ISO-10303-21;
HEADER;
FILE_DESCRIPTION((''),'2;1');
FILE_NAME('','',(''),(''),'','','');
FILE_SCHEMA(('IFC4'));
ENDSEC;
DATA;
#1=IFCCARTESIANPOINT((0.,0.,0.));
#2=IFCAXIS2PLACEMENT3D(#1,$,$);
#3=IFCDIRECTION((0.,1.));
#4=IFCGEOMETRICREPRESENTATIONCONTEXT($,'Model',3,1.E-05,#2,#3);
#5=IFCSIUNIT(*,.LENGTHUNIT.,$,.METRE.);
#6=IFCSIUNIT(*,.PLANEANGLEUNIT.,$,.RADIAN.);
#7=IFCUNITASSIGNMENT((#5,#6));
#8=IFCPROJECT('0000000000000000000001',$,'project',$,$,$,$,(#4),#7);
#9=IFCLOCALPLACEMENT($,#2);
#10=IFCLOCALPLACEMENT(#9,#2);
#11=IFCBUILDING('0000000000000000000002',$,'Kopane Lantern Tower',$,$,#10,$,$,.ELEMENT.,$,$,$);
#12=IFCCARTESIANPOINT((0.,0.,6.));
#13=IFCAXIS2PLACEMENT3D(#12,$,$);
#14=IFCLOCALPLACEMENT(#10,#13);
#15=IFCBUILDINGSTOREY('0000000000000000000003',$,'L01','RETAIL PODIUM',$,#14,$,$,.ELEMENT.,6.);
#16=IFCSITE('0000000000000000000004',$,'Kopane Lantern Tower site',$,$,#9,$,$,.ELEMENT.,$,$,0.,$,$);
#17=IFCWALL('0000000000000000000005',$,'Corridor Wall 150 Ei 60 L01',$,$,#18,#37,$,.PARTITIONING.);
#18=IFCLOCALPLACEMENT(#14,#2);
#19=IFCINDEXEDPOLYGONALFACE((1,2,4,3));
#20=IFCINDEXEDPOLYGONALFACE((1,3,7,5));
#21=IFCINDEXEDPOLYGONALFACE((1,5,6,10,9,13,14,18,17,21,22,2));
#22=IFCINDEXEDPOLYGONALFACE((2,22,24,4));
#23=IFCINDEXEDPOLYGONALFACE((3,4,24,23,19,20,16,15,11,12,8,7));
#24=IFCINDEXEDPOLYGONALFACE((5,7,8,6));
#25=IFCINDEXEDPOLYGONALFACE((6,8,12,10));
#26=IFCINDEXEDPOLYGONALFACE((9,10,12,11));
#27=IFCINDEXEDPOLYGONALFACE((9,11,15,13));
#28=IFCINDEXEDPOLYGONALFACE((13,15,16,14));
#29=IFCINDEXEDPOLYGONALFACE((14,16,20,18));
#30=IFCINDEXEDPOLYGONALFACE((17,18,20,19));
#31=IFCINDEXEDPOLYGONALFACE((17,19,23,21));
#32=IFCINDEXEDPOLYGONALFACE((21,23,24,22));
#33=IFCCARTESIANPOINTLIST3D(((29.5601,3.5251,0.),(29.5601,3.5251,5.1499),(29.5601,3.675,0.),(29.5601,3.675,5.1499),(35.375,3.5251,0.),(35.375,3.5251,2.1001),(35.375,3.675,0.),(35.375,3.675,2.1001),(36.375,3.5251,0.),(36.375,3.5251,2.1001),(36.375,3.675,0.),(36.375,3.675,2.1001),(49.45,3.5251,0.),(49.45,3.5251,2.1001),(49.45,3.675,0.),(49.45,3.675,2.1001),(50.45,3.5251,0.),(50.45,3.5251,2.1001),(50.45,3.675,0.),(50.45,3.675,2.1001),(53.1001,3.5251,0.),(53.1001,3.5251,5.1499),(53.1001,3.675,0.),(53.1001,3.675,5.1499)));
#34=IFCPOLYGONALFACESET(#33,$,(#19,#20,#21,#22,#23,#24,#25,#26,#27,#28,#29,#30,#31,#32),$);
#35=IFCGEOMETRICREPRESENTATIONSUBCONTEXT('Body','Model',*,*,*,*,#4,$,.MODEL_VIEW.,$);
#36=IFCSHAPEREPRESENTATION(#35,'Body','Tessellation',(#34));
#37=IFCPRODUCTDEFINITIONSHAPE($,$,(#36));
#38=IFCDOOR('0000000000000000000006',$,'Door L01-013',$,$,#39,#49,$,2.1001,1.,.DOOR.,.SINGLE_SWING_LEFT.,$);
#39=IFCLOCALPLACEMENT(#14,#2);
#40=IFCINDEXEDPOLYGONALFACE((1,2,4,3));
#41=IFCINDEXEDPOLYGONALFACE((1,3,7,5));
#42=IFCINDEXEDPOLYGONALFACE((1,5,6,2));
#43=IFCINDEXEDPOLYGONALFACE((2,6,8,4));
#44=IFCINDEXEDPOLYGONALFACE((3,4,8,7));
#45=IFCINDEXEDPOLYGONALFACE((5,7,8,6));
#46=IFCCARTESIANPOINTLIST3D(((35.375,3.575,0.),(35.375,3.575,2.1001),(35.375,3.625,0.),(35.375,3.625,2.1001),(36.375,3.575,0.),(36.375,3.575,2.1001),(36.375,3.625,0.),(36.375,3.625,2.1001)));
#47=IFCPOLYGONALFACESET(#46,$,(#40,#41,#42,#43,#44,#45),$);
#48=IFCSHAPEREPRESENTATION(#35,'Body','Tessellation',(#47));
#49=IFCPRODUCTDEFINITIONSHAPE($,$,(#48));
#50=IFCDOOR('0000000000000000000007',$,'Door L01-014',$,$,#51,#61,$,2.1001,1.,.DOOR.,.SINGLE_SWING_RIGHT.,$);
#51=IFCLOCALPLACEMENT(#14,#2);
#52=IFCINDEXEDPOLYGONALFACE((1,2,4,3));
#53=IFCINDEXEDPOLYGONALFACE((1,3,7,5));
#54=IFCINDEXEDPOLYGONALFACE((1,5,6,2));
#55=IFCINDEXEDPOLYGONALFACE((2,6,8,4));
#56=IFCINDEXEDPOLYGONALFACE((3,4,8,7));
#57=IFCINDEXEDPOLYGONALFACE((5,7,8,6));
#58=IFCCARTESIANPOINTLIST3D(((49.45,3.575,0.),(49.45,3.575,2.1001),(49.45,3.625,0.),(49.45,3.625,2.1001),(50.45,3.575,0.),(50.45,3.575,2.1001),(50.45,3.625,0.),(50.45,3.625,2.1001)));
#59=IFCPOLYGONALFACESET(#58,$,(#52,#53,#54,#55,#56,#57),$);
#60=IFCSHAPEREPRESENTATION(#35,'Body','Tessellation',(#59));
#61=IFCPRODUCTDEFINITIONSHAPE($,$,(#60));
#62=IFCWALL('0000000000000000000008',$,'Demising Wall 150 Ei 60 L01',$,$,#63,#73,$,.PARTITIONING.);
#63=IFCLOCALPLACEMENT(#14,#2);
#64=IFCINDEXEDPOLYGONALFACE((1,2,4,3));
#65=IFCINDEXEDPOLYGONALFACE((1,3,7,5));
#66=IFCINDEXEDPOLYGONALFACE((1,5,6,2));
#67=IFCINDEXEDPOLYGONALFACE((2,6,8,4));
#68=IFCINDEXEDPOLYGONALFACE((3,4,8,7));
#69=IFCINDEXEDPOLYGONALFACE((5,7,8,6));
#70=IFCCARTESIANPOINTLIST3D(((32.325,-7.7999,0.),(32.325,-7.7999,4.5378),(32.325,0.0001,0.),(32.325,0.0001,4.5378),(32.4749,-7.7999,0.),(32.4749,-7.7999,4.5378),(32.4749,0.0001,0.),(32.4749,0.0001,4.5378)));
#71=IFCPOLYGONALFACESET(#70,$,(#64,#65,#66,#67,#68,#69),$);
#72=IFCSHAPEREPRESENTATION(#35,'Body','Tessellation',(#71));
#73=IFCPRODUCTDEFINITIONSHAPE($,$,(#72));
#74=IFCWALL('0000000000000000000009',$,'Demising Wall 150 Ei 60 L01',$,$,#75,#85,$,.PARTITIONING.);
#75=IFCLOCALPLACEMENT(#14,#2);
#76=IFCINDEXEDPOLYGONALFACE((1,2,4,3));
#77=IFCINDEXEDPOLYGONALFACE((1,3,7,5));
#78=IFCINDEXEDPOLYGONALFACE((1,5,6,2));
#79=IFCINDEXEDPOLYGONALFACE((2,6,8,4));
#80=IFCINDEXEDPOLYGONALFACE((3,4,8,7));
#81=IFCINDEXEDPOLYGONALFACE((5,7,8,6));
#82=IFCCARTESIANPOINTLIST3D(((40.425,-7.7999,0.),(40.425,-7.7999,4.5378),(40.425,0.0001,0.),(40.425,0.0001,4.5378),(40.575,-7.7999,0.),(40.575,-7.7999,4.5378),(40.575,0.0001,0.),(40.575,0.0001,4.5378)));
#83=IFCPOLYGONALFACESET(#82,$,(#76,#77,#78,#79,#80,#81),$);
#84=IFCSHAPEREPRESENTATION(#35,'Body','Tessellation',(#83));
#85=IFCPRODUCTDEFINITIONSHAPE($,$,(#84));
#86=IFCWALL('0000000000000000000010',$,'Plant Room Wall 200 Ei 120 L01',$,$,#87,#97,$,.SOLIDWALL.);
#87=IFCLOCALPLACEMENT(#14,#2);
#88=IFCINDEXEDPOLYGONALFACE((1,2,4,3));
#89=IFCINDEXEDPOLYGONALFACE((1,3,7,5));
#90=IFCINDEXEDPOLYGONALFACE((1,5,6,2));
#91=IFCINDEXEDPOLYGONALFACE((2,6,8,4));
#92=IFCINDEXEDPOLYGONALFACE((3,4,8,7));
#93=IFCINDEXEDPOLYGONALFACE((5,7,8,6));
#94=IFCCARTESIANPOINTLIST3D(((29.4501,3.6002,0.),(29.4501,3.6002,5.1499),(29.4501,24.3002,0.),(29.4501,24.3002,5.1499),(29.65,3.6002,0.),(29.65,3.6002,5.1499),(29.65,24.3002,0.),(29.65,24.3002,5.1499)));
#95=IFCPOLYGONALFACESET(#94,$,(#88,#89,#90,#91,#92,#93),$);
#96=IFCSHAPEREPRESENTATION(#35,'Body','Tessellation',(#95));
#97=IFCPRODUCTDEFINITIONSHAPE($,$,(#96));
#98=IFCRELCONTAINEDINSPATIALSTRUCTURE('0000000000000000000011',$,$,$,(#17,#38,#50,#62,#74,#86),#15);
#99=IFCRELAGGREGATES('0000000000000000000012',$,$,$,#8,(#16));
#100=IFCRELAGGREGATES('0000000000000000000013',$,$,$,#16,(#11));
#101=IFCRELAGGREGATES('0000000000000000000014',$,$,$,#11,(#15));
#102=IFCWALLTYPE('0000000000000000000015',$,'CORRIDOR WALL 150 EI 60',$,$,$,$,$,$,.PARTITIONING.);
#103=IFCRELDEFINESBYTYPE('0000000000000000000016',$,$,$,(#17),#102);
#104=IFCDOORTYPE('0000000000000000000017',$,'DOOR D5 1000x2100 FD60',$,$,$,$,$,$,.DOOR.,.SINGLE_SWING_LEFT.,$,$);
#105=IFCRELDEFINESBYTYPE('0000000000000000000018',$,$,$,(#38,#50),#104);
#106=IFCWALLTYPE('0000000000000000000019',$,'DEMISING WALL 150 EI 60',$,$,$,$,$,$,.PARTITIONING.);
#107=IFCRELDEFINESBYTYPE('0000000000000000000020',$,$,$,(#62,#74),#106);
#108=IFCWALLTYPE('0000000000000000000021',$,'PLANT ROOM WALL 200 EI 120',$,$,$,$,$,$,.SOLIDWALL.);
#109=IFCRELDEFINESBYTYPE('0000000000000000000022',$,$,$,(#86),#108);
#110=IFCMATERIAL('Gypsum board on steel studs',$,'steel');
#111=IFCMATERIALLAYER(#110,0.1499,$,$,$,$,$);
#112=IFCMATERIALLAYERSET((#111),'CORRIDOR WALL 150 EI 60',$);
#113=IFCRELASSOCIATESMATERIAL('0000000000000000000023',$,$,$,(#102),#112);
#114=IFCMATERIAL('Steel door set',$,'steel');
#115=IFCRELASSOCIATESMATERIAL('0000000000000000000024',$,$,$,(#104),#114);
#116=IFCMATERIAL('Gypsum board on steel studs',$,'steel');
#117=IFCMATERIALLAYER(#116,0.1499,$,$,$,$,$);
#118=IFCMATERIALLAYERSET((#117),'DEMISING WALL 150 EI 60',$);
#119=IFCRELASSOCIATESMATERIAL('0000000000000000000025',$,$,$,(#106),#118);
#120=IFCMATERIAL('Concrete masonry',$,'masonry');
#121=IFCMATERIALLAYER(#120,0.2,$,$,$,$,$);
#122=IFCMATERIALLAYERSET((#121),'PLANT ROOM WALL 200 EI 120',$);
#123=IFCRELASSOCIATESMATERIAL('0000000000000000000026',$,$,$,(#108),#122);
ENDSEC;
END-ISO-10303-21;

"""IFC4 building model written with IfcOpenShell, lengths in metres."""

from ifc_helpers import new_model, si_unit, direction, frame, frame_2d, origin, place, context, subcontext, project, spatial, rectangle, extrude, material, layer, layer_set, type_object, element, fill, save


model = new_model("IFC4")

# Units and contexts
model_context = context("Model", 3, precision=1e-05, world=origin(), true_north=direction((0.0, 1.0)))
body_context = subcontext(model_context, "Body", "Model", "MODEL_VIEW")
ifc_project = project(units=[si_unit("LENGTHUNIT", "METRE"), si_unit("PLANEANGLEUNIT", "RADIAN")], contexts=[model_context])

# Site, building, storey
site_placement = place(None, origin())
site = spatial("IfcSite", under=ifc_project, at=site_placement, Name="Kopane Lantern Tower site", CompositionType="ELEMENT", RefElevation=0.0)
building_placement = place(site_placement, origin())
building = spatial("IfcBuilding", under=site, at=building_placement, Name="Kopane Lantern Tower", CompositionType="ELEMENT")
storey_placement = place(building_placement, frame((0.0, 0.0, 6.0)))
storey = spatial("IfcBuildingStorey", under=building, at=storey_placement, Name="L01", Description="RETAIL PODIUM", CompositionType="ELEMENT", Elevation=6.0)

# Wall, openings, doors
ifc_material_1 = material(Name="Gypsum board on steel studs", Category="steel")
ifc_layer_1 = layer(ifc_material_1, 0.1499)
ifc_layer_set_1 = layer_set([ifc_layer_1], Name="CORRIDOR WALL 150 EI 60")
wall_type_1 = type_object("IfcWallType", Name="CORRIDOR WALL 150 EI 60", PredefinedType="PARTITIONING", material=ifc_layer_set_1)
wall_1_placement = place(storey_placement, frame((29.5601, 3.6001, 0.0), z_axis=(0.0, 0.0, 1.0), x_axis=(1.0, 0.0, 0.0)))
wall_1 = element("IfcWall", 1, at=wall_1_placement, inside=storey, type_object=wall_type_1, Name="Corridor Wall 150 Ei 60 L01", PredefinedType="PARTITIONING", context=body_context, shape_type="SweptSolid", body=[
    extrude(rectangle(XDim=23.54, YDim=0.1499, at=frame_2d((11.77, 0.0))), origin(), (0.0, 0.0, 1.0), 5.1499),
])
opening_1_placement = place(wall_1_placement, frame((5.8149, 0.0, 0.0)))
opening_1 = element("IfcOpeningElement", 2, at=opening_1_placement, cuts=wall_1, PredefinedType="OPENING", context=body_context, shape_type="SweptSolid", body=[
    extrude(rectangle(XDim=1.0, YDim=2.1001, at=frame_2d((0.5, 1.05))), frame((0.0, 0.085, 0.0), z_axis=(0.0, -1.0, 0.0), x_axis=(1.0, 0.0, 0.0)), (0.0, 0.0, 1.0), 0.1699),
])
opening_2_placement = place(wall_1_placement, frame((19.8899, 0.0, 0.0)))
opening_2 = element("IfcOpeningElement", 3, at=opening_2_placement, cuts=wall_1, PredefinedType="OPENING", context=body_context, shape_type="SweptSolid", body=[
    extrude(rectangle(XDim=1.0, YDim=2.1001, at=frame_2d((0.5, 1.05))), frame((0.0, 0.085, 0.0), z_axis=(0.0, -1.0, 0.0), x_axis=(1.0, 0.0, 0.0)), (0.0, 0.0, 1.0), 0.1699),
])
ifc_material_2 = material(Name="Steel door set", Category="steel")
door_type = type_object("IfcDoorType", Name="DOOR D5 1000x2100 FD60", OperationType="SINGLE_SWING_LEFT", PredefinedType="DOOR", material=ifc_material_2)
door_1_placement = place(opening_1_placement, origin())
door_1 = element("IfcDoor", 4, at=door_1_placement, inside=storey, type_object=door_type, Name="Door L01-013", OperationType="SINGLE_SWING_LEFT", OverallHeight=2.1001, OverallWidth=1.0, PredefinedType="DOOR", context=body_context, shape_type="SweptSolid", body=[
    extrude(rectangle(XDim=1.0, YDim=2.1001, at=frame_2d((0.5, 1.05))), frame((0.0, 0.0249, 0.0), z_axis=(0.0, -1.0, 0.0), x_axis=(1.0, 0.0, 0.0)), (0.0, 0.0, 1.0), 0.05),
])
fill(opening_1, door_1)
door_2_placement = place(opening_2_placement, origin())
door_2 = element("IfcDoor", 5, at=door_2_placement, inside=storey, type_object=door_type, Name="Door L01-014", OperationType="SINGLE_SWING_RIGHT", OverallHeight=2.1001, OverallWidth=1.0, PredefinedType="DOOR", context=body_context, shape_type="SweptSolid", body=[
    extrude(rectangle(XDim=1.0, YDim=2.1001, at=frame_2d((0.5, 1.05))), frame((0.0, 0.0249, 0.0), z_axis=(0.0, -1.0, 0.0), x_axis=(1.0, 0.0, 0.0)), (0.0, 0.0, 1.0), 0.05),
])
fill(opening_2, door_2)

# Walls
ifc_material_3 = material(Name="Gypsum board on steel studs", Category="steel")
ifc_layer_2 = layer(ifc_material_3, 0.1499)
ifc_layer_set_2 = layer_set([ifc_layer_2], Name="DEMISING WALL 150 EI 60")
wall_type_2 = type_object("IfcWallType", Name="DEMISING WALL 150 EI 60", PredefinedType="PARTITIONING", material=ifc_layer_set_2)
for number, where, z_axis, x_axis, name in (
    (6, (32.3999, 0.0, 0.0), (0.0, 0.0, 1.0), (0.0, -1.0, 0.0), "Demising Wall 150 Ei 60 L01"),
    (7, (40.5, 0.0, 0.0), (0.0, 0.0, 1.0), (0.0, -1.0, 0.0), "Demising Wall 150 Ei 60 L01"),
):
    element("IfcWall", number, at=place(storey_placement, frame(where, z_axis=z_axis, x_axis=x_axis)), inside=storey, type_object=wall_type_2, Name=name, PredefinedType="PARTITIONING", context=body_context, shape_type="SweptSolid", body=[
        extrude(rectangle(XDim=7.8, YDim=0.1499, at=frame_2d((3.8999, 0.0))), origin(), (0.0, 0.0, 1.0), 4.5378),
    ])
ifc_material_4 = material(Name="Concrete masonry", Category="masonry")
ifc_layer_3 = layer(ifc_material_4, 0.2)
ifc_layer_set_3 = layer_set([ifc_layer_3], Name="PLANT ROOM WALL 200 EI 120")
wall_type_3 = type_object("IfcWallType", Name="PLANT ROOM WALL 200 EI 120", PredefinedType="SOLIDWALL", material=ifc_layer_set_3)
wall_2_placement = place(storey_placement, frame((29.55, 3.6001, 0.0), z_axis=(0.0, 0.0, 1.0), x_axis=(0.0, 1.0, 0.0)))
element("IfcWall", 8, at=wall_2_placement, inside=storey, type_object=wall_type_3, Name="Plant Room Wall 200 Ei 120 L01", PredefinedType="SOLIDWALL", context=body_context, shape_type="SweptSolid", body=[
    extrude(rectangle(XDim=20.7, YDim=0.2, at=frame_2d((10.3501, 0.0))), origin(), (0.0, 0.0, 1.0), 5.1499),
])

save(model, "model.ifc")
